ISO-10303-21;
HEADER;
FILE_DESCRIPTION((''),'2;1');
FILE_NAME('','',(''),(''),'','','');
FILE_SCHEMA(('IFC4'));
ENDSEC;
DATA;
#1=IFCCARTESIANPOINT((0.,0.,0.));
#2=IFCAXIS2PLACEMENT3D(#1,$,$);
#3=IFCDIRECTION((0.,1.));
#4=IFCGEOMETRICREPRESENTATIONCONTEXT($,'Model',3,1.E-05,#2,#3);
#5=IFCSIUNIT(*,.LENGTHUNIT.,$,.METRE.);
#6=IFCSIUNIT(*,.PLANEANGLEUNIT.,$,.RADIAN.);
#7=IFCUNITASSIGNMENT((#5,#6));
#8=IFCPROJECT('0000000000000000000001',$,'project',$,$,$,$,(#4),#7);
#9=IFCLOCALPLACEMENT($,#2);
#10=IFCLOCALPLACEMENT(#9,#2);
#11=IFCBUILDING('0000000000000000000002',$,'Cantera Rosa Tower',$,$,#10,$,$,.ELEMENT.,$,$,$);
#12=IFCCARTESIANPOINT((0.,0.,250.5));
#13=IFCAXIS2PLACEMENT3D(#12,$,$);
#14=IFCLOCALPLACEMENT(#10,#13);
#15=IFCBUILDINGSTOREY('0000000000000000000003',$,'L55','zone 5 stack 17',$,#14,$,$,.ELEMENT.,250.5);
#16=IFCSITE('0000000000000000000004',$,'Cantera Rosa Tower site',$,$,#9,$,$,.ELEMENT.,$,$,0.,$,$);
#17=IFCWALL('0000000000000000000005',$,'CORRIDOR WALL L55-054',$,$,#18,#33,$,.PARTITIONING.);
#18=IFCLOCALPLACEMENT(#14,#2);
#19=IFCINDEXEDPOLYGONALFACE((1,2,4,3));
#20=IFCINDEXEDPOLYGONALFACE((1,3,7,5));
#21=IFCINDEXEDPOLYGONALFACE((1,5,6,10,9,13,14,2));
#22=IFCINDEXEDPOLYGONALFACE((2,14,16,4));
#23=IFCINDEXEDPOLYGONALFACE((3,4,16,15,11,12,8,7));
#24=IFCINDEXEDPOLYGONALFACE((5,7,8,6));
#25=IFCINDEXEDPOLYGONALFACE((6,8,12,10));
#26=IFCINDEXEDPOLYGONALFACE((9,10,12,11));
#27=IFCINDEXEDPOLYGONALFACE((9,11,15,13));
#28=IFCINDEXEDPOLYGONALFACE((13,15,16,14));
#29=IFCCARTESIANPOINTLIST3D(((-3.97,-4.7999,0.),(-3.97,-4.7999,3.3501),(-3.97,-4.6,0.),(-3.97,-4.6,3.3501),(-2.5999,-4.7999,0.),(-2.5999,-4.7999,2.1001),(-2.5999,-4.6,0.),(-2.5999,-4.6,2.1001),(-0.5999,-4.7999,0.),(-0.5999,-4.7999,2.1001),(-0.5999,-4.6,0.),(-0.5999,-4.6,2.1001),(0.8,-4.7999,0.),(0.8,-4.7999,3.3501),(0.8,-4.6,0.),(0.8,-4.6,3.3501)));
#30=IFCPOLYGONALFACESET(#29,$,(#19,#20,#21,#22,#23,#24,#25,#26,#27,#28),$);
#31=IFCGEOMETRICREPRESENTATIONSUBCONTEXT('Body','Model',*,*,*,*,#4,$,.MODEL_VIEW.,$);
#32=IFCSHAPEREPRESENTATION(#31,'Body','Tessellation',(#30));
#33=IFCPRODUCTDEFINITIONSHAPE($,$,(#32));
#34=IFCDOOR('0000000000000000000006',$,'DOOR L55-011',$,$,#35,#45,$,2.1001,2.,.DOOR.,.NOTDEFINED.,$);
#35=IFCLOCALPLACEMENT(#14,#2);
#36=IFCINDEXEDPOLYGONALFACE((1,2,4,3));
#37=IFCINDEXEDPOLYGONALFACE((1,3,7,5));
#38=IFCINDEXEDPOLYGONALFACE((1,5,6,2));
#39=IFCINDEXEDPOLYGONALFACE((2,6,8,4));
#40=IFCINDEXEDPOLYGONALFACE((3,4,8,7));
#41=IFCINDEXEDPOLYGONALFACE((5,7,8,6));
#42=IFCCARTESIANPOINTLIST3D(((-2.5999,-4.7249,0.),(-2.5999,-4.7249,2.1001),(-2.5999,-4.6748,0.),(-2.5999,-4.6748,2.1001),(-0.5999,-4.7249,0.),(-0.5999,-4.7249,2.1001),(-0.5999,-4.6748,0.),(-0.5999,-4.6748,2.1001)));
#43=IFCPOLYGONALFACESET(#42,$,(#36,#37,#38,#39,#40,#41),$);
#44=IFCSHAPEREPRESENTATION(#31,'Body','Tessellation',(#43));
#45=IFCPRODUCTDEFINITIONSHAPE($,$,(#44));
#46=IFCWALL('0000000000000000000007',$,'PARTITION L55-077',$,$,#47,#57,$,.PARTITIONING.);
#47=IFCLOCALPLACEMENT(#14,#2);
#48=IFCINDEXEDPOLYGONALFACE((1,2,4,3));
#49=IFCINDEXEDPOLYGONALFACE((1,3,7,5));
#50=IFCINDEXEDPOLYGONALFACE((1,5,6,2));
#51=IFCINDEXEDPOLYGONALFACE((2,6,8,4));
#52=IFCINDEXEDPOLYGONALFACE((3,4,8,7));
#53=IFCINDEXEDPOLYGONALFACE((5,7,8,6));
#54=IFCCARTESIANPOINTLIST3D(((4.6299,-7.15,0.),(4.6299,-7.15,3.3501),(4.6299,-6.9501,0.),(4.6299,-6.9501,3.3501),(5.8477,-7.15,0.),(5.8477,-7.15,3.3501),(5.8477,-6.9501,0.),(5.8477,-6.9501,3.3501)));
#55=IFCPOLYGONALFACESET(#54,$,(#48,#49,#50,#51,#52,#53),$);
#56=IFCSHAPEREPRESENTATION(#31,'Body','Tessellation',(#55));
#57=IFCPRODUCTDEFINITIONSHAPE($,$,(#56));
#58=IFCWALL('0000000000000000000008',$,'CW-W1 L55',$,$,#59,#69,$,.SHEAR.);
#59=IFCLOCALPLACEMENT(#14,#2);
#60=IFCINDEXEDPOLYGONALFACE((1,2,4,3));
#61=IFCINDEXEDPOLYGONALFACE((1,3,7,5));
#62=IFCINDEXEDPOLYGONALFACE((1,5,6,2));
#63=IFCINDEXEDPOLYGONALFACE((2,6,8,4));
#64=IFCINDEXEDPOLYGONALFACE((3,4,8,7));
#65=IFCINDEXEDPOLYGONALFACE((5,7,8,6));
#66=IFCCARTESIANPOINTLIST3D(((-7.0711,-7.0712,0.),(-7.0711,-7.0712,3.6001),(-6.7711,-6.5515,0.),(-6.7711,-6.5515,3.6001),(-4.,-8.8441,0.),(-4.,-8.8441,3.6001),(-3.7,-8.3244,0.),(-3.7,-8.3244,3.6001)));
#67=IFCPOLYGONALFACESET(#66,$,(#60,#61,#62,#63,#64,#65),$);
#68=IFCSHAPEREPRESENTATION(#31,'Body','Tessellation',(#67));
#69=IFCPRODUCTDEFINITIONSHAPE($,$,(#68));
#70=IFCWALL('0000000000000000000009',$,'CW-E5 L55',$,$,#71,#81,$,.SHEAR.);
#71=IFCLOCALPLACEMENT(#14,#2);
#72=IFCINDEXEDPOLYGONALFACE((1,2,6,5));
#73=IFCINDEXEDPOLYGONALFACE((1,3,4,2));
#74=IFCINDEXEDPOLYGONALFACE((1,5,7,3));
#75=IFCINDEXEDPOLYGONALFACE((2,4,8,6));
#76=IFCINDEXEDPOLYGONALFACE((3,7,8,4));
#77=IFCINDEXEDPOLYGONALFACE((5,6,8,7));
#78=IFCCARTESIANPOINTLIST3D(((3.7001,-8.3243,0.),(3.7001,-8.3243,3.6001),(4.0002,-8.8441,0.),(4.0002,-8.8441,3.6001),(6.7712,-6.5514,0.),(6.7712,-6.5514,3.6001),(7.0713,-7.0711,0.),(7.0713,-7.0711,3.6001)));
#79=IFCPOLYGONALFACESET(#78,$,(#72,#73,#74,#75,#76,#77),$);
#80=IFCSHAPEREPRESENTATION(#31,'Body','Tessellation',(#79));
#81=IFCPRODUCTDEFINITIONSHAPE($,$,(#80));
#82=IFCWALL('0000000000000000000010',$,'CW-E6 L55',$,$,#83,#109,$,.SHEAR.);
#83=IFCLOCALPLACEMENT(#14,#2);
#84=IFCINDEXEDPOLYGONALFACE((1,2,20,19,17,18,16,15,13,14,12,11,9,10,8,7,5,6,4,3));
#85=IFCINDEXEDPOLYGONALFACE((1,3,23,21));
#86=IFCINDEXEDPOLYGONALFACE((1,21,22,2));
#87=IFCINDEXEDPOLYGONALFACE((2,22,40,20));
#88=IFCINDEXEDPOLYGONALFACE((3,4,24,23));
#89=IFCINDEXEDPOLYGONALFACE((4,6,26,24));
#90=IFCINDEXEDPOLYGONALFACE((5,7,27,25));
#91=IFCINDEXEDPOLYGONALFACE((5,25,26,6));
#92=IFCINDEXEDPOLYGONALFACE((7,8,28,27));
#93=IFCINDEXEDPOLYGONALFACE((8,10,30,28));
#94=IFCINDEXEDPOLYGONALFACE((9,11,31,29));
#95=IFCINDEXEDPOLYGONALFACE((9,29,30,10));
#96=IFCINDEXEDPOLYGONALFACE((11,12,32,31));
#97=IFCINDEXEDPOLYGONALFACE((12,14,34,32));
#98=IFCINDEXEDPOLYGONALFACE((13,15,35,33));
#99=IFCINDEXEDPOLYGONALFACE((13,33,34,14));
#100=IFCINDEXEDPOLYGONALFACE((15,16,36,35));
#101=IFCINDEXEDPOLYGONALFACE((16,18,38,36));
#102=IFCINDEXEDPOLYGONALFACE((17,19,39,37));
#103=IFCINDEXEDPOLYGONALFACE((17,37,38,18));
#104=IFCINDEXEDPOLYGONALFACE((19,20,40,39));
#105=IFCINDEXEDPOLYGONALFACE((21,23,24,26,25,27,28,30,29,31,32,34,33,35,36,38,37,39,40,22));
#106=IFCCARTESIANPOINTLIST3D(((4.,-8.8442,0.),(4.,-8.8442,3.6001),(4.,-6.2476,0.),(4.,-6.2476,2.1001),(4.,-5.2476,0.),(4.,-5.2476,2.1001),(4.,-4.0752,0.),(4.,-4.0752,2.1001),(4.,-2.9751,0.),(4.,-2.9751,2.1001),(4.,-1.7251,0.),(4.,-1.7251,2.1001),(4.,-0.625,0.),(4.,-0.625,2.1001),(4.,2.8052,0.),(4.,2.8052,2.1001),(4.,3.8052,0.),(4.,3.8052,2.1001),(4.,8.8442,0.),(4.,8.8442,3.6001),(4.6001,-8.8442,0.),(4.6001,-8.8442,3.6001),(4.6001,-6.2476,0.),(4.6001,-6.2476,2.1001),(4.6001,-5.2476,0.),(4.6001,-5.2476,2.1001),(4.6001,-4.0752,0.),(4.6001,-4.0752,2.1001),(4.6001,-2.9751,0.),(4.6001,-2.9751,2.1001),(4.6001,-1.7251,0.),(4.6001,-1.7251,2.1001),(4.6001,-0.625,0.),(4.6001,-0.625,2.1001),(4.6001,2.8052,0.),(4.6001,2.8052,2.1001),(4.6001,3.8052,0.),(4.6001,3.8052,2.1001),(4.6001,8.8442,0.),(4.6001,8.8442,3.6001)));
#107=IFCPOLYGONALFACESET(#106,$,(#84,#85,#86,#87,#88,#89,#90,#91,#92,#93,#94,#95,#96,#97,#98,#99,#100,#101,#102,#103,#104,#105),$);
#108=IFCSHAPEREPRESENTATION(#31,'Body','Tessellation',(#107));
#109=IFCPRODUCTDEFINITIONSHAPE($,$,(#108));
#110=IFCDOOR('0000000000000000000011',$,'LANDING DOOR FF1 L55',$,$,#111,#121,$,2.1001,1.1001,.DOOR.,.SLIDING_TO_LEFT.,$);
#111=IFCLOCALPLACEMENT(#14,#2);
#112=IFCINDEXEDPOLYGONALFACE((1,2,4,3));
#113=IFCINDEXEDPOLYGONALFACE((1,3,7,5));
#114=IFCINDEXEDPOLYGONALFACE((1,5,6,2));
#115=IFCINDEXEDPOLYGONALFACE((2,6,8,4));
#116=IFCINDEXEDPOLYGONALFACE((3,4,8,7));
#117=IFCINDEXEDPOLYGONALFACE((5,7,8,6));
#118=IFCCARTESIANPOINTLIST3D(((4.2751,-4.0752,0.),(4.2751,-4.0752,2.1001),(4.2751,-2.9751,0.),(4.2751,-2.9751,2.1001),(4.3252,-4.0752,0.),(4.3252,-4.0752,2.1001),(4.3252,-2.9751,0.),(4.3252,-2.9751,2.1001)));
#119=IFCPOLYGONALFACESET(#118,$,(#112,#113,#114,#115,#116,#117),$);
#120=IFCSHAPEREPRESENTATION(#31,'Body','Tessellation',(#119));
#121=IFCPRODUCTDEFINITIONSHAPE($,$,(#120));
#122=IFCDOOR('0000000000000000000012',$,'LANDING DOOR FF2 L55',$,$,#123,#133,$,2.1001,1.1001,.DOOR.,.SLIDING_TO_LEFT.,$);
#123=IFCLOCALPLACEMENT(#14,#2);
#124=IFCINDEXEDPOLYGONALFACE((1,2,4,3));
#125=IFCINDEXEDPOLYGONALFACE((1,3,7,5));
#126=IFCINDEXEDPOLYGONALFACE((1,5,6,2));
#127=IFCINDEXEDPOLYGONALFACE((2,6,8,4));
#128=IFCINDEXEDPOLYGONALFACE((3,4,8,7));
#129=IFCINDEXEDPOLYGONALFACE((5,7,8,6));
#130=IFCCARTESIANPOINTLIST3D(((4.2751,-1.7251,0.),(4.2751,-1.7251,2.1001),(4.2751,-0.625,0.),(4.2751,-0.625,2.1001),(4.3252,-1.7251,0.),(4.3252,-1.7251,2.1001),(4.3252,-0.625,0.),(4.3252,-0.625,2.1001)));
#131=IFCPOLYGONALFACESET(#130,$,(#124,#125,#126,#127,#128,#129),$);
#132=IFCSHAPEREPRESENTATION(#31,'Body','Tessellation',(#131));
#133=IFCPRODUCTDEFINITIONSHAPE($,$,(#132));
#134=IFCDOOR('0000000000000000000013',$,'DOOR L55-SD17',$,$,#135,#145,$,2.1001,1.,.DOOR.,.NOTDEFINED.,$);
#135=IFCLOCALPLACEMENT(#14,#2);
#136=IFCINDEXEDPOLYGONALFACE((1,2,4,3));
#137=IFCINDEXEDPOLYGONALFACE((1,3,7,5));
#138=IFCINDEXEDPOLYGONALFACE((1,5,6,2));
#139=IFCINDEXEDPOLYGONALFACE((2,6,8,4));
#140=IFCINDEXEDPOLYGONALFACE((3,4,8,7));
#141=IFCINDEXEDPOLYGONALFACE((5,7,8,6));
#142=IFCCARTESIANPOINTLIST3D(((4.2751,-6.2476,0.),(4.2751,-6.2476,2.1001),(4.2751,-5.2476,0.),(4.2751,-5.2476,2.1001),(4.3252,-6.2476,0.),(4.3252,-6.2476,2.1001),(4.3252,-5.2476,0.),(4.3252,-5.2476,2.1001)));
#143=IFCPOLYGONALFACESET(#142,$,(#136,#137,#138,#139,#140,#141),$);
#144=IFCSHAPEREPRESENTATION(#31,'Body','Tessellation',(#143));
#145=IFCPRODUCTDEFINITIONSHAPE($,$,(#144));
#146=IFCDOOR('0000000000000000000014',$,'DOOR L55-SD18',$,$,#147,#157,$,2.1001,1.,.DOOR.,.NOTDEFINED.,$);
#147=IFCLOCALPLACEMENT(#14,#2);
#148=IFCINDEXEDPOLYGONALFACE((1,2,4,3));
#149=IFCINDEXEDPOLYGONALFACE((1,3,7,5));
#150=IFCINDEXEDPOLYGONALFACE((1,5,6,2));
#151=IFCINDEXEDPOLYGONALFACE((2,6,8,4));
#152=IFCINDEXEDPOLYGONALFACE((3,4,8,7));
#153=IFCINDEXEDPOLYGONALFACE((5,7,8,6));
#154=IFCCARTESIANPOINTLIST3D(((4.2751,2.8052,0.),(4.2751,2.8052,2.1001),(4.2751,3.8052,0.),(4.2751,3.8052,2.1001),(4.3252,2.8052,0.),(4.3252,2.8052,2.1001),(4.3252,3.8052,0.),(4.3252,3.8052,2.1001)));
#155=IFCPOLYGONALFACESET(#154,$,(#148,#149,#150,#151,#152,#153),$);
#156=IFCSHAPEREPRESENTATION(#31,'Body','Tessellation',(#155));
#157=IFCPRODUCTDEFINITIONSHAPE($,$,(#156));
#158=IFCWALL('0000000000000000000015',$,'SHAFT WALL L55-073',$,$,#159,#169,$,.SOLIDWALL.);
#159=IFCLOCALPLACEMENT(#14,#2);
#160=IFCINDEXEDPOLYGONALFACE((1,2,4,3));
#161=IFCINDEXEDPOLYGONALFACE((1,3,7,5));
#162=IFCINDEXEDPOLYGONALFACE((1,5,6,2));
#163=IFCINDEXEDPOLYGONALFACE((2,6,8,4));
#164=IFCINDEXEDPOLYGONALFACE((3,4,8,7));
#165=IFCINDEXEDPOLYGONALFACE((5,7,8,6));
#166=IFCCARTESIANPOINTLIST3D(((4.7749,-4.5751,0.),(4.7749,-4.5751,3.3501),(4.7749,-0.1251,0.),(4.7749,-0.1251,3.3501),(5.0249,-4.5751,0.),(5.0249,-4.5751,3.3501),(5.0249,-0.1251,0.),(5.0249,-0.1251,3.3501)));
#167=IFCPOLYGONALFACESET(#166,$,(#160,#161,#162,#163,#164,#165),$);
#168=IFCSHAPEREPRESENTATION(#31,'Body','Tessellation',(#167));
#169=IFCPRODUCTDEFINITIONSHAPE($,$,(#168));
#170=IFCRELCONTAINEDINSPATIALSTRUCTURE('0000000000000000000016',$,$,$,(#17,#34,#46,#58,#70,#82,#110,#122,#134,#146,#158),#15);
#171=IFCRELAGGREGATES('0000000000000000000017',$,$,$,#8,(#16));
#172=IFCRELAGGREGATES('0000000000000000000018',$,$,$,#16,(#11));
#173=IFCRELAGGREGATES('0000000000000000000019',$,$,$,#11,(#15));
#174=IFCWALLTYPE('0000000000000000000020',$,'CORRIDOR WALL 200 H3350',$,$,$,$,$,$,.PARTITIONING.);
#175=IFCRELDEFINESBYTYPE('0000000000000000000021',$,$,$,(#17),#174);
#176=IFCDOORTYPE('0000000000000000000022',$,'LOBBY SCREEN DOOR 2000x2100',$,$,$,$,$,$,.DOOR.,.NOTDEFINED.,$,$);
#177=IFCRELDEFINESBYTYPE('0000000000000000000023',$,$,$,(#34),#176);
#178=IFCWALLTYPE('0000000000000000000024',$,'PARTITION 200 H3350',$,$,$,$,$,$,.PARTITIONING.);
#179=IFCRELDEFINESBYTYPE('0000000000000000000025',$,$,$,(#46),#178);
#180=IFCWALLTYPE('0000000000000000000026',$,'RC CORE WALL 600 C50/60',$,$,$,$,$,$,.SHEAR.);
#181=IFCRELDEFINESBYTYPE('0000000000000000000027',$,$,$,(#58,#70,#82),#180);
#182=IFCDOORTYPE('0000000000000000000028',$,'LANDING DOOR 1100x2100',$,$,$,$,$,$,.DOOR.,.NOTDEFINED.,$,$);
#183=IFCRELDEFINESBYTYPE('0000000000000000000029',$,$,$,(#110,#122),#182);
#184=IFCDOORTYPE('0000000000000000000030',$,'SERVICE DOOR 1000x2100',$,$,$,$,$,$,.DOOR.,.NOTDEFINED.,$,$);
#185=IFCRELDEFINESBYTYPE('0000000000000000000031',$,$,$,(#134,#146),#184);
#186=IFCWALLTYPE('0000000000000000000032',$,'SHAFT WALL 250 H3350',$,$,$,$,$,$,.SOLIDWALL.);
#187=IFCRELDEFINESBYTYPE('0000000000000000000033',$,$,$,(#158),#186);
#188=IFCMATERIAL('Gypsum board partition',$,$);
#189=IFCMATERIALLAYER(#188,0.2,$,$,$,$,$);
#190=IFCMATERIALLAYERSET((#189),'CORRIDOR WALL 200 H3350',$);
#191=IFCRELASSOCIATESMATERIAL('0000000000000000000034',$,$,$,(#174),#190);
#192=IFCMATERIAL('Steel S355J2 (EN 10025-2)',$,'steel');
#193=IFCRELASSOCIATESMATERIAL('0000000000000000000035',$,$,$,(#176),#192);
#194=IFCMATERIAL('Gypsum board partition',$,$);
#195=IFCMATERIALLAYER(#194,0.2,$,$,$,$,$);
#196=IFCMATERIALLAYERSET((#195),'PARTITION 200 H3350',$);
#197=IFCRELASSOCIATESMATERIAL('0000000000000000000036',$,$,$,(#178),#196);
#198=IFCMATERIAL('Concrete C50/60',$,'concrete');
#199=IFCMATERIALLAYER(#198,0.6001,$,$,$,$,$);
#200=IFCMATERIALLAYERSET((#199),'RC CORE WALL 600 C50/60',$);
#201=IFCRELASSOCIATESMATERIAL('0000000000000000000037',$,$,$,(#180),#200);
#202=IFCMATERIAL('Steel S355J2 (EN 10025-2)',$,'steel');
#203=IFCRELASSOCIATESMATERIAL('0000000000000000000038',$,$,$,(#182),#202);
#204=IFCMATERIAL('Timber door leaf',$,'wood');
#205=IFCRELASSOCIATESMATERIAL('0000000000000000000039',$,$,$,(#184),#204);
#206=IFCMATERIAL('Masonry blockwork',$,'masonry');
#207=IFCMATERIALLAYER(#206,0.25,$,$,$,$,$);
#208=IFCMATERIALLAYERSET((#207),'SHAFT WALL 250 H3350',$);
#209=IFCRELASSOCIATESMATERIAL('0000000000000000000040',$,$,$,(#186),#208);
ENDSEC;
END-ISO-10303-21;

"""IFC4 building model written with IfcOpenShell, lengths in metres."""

from ifc_helpers import new_model, si_unit, direction, frame, frame_2d, origin, place, context, subcontext, project, spatial, rectangle, extrude, material, layer, layer_set, type_object, element, fill, save


model = new_model("IFC4")

# Units and contexts
model_context = context("Model", 3, precision=1e-05, world=origin(), true_north=direction((0.0, 1.0)))
body_context = subcontext(model_context, "Body", "Model", "MODEL_VIEW")
ifc_project = project(units=[si_unit("LENGTHUNIT", "METRE"), si_unit("PLANEANGLEUNIT", "RADIAN")], contexts=[model_context])

# Site, building, storey
site_placement = place(None, origin())
site = spatial("IfcSite", under=ifc_project, at=site_placement, Name="Cantera Rosa Tower site", CompositionType="ELEMENT", RefElevation=0.0)
building_placement = place(site_placement, origin())
building = spatial("IfcBuilding", under=site, at=building_placement, Name="Cantera Rosa Tower", CompositionType="ELEMENT")
storey_placement = place(building_placement, frame((0.0, 0.0, 250.5)))
storey = spatial("IfcBuildingStorey", under=building, at=storey_placement, Name="L55", Description="zone 5 stack 17", CompositionType="ELEMENT", Elevation=250.5)

# Wall, opening, door
ifc_material_1 = material(Name="Gypsum board partition")
ifc_layer_1 = layer(ifc_material_1, 0.2)
ifc_layer_set_1 = layer_set([ifc_layer_1], Name="CORRIDOR WALL 200 H3350")
wall_type_1 = type_object("IfcWallType", Name="CORRIDOR WALL 200 H3350", PredefinedType="PARTITIONING", material=ifc_layer_set_1)
wall_1_placement = place(storey_placement, frame((0.8, -4.7, 0.0), z_axis=(0.0, 0.0, 1.0), x_axis=(-1.0, 0.0, 0.0)))
wall_1 = element("IfcWall", 1, at=wall_1_placement, inside=storey, type_object=wall_type_1, Name="CORRIDOR WALL L55-054", PredefinedType="PARTITIONING", context=body_context, shape_type="SweptSolid", body=[
    extrude(rectangle(XDim=4.77, YDim=0.2, at=frame_2d((2.385, 0.0))), origin(), (0.0, 0.0, 1.0), 3.3501),
])
opening_1_placement = place(wall_1_placement, frame((1.3999, 0.0, 0.0)))
opening_1 = element("IfcOpeningElement", 2, at=opening_1_placement, cuts=wall_1, PredefinedType="OPENING", context=body_context, shape_type="SweptSolid", body=[
    extrude(rectangle(XDim=2.0, YDim=2.1001, at=frame_2d((1.0, 1.05))), frame((0.0, 0.1099, 0.0), z_axis=(0.0, -1.0, 0.0), x_axis=(1.0, 0.0, 0.0)), (0.0, 0.0, 1.0), 0.22),
])
ifc_material_2 = material(Name="Steel S355J2 (EN 10025-2)", Category="steel")
door_type_1 = type_object("IfcDoorType", Name="LOBBY SCREEN DOOR 2000x2100", OperationType="NOTDEFINED", PredefinedType="DOOR", material=ifc_material_2)
door_1_placement = place(opening_1_placement, origin())
door_1 = element("IfcDoor", 3, at=door_1_placement, inside=storey, type_object=door_type_1, Name="DOOR L55-011", OperationType="NOTDEFINED", OverallHeight=2.1001, OverallWidth=2.0, PredefinedType="DOOR", context=body_context, shape_type="SweptSolid", body=[
    extrude(rectangle(XDim=2.0, YDim=2.1001, at=frame_2d((1.0, 1.05))), frame((0.0, 0.0249, 0.0), z_axis=(0.0, -1.0, 0.0), x_axis=(1.0, 0.0, 0.0)), (0.0, 0.0, 1.0), 0.05),
])
fill(opening_1, door_1)

# Walls
ifc_material_3 = material(Name="Gypsum board partition")
ifc_layer_2 = layer(ifc_material_3, 0.2)
ifc_layer_set_2 = layer_set([ifc_layer_2], Name="PARTITION 200 H3350")
wall_type_2 = type_object("IfcWallType", Name="PARTITION 200 H3350", PredefinedType="PARTITIONING", material=ifc_layer_set_2)
wall_2_placement = place(storey_placement, frame((5.8477, -7.05, 0.0), z_axis=(0.0, 0.0, 1.0), x_axis=(-1.0, 0.0, 0.0)))
element("IfcWall", 4, at=wall_2_placement, inside=storey, type_object=wall_type_2, Name="PARTITION L55-077", PredefinedType="PARTITIONING", context=body_context, shape_type="SweptSolid", body=[
    extrude(rectangle(XDim=1.2178, YDim=0.2, at=frame_2d((0.6089, 0.0))), origin(), (0.0, 0.0, 1.0), 3.3501),
])
ifc_material_4 = material(Name="Concrete C50/60", Category="concrete")
ifc_layer_3 = layer(ifc_material_4, 0.6001)
ifc_layer_set_3 = layer_set([ifc_layer_3], Name="RC CORE WALL 600 C50/60")
wall_type_3 = type_object("IfcWallType", Name="RC CORE WALL 600 C50/60", PredefinedType="SHEAR", material=ifc_layer_set_3)
for number, where, z_axis, x_axis, name in (
    (5, (-3.8501, -8.5842, 0.0), (0.0, 0.0, 1.0), (-0.86604, 0.499975, 0.0), "CW-W1 L55"),
    (6, (6.9211, -6.8113, 0.0), (0.0, 0.0, 1.0), (-0.86604, -0.499975, 0.0), "CW-E5 L55"),
):
    element("IfcWall", number, at=place(storey_placement, frame(where, z_axis=z_axis, x_axis=x_axis)), inside=storey, type_object=wall_type_3, Name=name, PredefinedType="SHEAR", context=body_context, shape_type="SweptSolid", body=[
        extrude(rectangle(XDim=3.5461, YDim=0.6001, at=frame_2d((1.7729, 0.0))), origin(), (0.0, 0.0, 1.0), 3.6001),
    ])

# Wall, openings, doors
wall_3_placement = place(storey_placement, frame((4.3, -8.8442, 0.0), z_axis=(0.0, 0.0, 1.0), x_axis=(0.0, 1.0, 0.0)))
wall_3 = element("IfcWall", 7, at=wall_3_placement, inside=storey, type_object=wall_type_3, Name="CW-E6 L55", PredefinedType="SHEAR", context=body_context, shape_type="SweptSolid", body=[
    extrude(rectangle(XDim=17.6885, YDim=0.6001, at=frame_2d((8.8442, 0.0))), origin(), (0.0, 0.0, 1.0), 3.6001),
])
opening_2_placement = place(wall_3_placement, frame((4.769, 0.0, 0.0)))
opening_2 = element("IfcOpeningElement", 8, at=opening_2_placement, cuts=wall_3, PredefinedType="OPENING", context=body_context, shape_type="SweptSolid", body=[
    extrude(rectangle(XDim=1.1001, YDim=2.1001, at=frame_2d((0.55, 1.05))), frame((0.0, 0.3101, 0.0), z_axis=(0.0, -1.0, 0.0), x_axis=(1.0, 0.0, 0.0)), (0.0, 0.0, 1.0), 0.6201),
])
opening_3_placement = place(wall_3_placement, frame((7.1191, 0.0, 0.0)))
opening_3 = element("IfcOpeningElement", 9, at=opening_3_placement, cuts=wall_3, PredefinedType="OPENING", context=body_context, shape_type="SweptSolid", body=[
    extrude(rectangle(XDim=1.1001, YDim=2.1001, at=frame_2d((0.55, 1.05))), frame((0.0, 0.3101, 0.0), z_axis=(0.0, -1.0, 0.0), x_axis=(1.0, 0.0, 0.0)), (0.0, 0.0, 1.0), 0.6201),
])
opening_4_placement = place(wall_3_placement, frame((2.5967, 0.0, 0.0)))
opening_4 = element("IfcOpeningElement", 10, at=opening_4_placement, cuts=wall_3, PredefinedType="OPENING", context=body_context, shape_type="SweptSolid", body=[
    extrude(rectangle(XDim=1.0, YDim=2.1001, at=frame_2d((0.5, 1.05))), frame((0.0, 0.3101, 0.0), z_axis=(0.0, -1.0, 0.0), x_axis=(1.0, 0.0, 0.0)), (0.0, 0.0, 1.0), 0.6201),
])
opening_5_placement = place(wall_3_placement, frame((11.6494, 0.0, 0.0)))
opening_5 = element("IfcOpeningElement", 11, at=opening_5_placement, cuts=wall_3, PredefinedType="OPENING", context=body_context, shape_type="SweptSolid", body=[
    extrude(rectangle(XDim=1.0, YDim=2.1001, at=frame_2d((0.5, 1.05))), frame((0.0, 0.3101, 0.0), z_axis=(0.0, -1.0, 0.0), x_axis=(1.0, 0.0, 0.0)), (0.0, 0.0, 1.0), 0.6201),
])
ifc_material_5 = material(Name="Steel S355J2 (EN 10025-2)", Category="steel")
door_type_2 = type_object("IfcDoorType", Name="LANDING DOOR 1100x2100", OperationType="NOTDEFINED", PredefinedType="DOOR", material=ifc_material_5)
door_2_placement = place(opening_2_placement, origin())
door_2 = element("IfcDoor", 12, at=door_2_placement, inside=storey, type_object=door_type_2, Name="LANDING DOOR FF1 L55", OperationType="SLIDING_TO_LEFT", OverallHeight=2.1001, OverallWidth=1.1001, PredefinedType="DOOR", context=body_context, shape_type="SweptSolid", body=[
    extrude(rectangle(XDim=1.1001, YDim=2.1001, at=frame_2d((0.55, 1.05))), frame((0.0, 0.0249, 0.0), z_axis=(0.0, -1.0, 0.0), x_axis=(1.0, 0.0, 0.0)), (0.0, 0.0, 1.0), 0.05),
])
fill(opening_2, door_2)
door_3_placement = place(opening_3_placement, origin())
door_3 = element("IfcDoor", 13, at=door_3_placement, inside=storey, type_object=door_type_2, Name="LANDING DOOR FF2 L55", OperationType="SLIDING_TO_LEFT", OverallHeight=2.1001, OverallWidth=1.1001, PredefinedType="DOOR", context=body_context, shape_type="SweptSolid", body=[
    extrude(rectangle(XDim=1.1001, YDim=2.1001, at=frame_2d((0.55, 1.05))), frame((0.0, 0.0249, 0.0), z_axis=(0.0, -1.0, 0.0), x_axis=(1.0, 0.0, 0.0)), (0.0, 0.0, 1.0), 0.05),
])
fill(opening_3, door_3)
ifc_material_6 = material(Name="Timber door leaf", Category="wood")
door_type_3 = type_object("IfcDoorType", Name="SERVICE DOOR 1000x2100", OperationType="NOTDEFINED", PredefinedType="DOOR", material=ifc_material_6)
door_4_placement = place(opening_4_placement, origin())
door_4 = element("IfcDoor", 14, at=door_4_placement, inside=storey, type_object=door_type_3, Name="DOOR L55-SD17", OperationType="NOTDEFINED", OverallHeight=2.1001, OverallWidth=1.0, PredefinedType="DOOR", context=body_context, shape_type="SweptSolid", body=[
    extrude(rectangle(XDim=1.0, YDim=2.1001, at=frame_2d((0.5, 1.05))), frame((0.0, 0.0249, 0.0), z_axis=(0.0, -1.0, 0.0), x_axis=(1.0, 0.0, 0.0)), (0.0, 0.0, 1.0), 0.05),
])
fill(opening_4, door_4)
door_5_placement = place(opening_5_placement, origin())
door_5 = element("IfcDoor", 15, at=door_5_placement, inside=storey, type_object=door_type_3, Name="DOOR L55-SD18", OperationType="NOTDEFINED", OverallHeight=2.1001, OverallWidth=1.0, PredefinedType="DOOR", context=body_context, shape_type="SweptSolid", body=[
    extrude(rectangle(XDim=1.0, YDim=2.1001, at=frame_2d((0.5, 1.05))), frame((0.0, 0.0249, 0.0), z_axis=(0.0, -1.0, 0.0), x_axis=(1.0, 0.0, 0.0)), (0.0, 0.0, 1.0), 0.05),
])
fill(opening_5, door_5)

# Wall
ifc_material_7 = material(Name="Masonry blockwork", Category="masonry")
ifc_layer_4 = layer(ifc_material_7, 0.25)
ifc_layer_set_4 = layer_set([ifc_layer_4], Name="SHAFT WALL 250 H3350")
wall_type_4 = type_object("IfcWallType", Name="SHAFT WALL 250 H3350", PredefinedType="SOLIDWALL", material=ifc_layer_set_4)
wall_4_placement = place(storey_placement, frame((4.8999, -0.125, 0.0), z_axis=(0.0, 0.0, 1.0), x_axis=(0.0, -1.0, 0.0)))
element("IfcWall", 16, at=wall_4_placement, inside=storey, type_object=wall_type_4, Name="SHAFT WALL L55-073", PredefinedType="SOLIDWALL", context=body_context, shape_type="SweptSolid", body=[
    extrude(rectangle(XDim=4.45, YDim=0.25, at=frame_2d((2.2251, 0.0))), origin(), (0.0, 0.0, 1.0), 3.3501),
])

save(model, "model.ifc")
